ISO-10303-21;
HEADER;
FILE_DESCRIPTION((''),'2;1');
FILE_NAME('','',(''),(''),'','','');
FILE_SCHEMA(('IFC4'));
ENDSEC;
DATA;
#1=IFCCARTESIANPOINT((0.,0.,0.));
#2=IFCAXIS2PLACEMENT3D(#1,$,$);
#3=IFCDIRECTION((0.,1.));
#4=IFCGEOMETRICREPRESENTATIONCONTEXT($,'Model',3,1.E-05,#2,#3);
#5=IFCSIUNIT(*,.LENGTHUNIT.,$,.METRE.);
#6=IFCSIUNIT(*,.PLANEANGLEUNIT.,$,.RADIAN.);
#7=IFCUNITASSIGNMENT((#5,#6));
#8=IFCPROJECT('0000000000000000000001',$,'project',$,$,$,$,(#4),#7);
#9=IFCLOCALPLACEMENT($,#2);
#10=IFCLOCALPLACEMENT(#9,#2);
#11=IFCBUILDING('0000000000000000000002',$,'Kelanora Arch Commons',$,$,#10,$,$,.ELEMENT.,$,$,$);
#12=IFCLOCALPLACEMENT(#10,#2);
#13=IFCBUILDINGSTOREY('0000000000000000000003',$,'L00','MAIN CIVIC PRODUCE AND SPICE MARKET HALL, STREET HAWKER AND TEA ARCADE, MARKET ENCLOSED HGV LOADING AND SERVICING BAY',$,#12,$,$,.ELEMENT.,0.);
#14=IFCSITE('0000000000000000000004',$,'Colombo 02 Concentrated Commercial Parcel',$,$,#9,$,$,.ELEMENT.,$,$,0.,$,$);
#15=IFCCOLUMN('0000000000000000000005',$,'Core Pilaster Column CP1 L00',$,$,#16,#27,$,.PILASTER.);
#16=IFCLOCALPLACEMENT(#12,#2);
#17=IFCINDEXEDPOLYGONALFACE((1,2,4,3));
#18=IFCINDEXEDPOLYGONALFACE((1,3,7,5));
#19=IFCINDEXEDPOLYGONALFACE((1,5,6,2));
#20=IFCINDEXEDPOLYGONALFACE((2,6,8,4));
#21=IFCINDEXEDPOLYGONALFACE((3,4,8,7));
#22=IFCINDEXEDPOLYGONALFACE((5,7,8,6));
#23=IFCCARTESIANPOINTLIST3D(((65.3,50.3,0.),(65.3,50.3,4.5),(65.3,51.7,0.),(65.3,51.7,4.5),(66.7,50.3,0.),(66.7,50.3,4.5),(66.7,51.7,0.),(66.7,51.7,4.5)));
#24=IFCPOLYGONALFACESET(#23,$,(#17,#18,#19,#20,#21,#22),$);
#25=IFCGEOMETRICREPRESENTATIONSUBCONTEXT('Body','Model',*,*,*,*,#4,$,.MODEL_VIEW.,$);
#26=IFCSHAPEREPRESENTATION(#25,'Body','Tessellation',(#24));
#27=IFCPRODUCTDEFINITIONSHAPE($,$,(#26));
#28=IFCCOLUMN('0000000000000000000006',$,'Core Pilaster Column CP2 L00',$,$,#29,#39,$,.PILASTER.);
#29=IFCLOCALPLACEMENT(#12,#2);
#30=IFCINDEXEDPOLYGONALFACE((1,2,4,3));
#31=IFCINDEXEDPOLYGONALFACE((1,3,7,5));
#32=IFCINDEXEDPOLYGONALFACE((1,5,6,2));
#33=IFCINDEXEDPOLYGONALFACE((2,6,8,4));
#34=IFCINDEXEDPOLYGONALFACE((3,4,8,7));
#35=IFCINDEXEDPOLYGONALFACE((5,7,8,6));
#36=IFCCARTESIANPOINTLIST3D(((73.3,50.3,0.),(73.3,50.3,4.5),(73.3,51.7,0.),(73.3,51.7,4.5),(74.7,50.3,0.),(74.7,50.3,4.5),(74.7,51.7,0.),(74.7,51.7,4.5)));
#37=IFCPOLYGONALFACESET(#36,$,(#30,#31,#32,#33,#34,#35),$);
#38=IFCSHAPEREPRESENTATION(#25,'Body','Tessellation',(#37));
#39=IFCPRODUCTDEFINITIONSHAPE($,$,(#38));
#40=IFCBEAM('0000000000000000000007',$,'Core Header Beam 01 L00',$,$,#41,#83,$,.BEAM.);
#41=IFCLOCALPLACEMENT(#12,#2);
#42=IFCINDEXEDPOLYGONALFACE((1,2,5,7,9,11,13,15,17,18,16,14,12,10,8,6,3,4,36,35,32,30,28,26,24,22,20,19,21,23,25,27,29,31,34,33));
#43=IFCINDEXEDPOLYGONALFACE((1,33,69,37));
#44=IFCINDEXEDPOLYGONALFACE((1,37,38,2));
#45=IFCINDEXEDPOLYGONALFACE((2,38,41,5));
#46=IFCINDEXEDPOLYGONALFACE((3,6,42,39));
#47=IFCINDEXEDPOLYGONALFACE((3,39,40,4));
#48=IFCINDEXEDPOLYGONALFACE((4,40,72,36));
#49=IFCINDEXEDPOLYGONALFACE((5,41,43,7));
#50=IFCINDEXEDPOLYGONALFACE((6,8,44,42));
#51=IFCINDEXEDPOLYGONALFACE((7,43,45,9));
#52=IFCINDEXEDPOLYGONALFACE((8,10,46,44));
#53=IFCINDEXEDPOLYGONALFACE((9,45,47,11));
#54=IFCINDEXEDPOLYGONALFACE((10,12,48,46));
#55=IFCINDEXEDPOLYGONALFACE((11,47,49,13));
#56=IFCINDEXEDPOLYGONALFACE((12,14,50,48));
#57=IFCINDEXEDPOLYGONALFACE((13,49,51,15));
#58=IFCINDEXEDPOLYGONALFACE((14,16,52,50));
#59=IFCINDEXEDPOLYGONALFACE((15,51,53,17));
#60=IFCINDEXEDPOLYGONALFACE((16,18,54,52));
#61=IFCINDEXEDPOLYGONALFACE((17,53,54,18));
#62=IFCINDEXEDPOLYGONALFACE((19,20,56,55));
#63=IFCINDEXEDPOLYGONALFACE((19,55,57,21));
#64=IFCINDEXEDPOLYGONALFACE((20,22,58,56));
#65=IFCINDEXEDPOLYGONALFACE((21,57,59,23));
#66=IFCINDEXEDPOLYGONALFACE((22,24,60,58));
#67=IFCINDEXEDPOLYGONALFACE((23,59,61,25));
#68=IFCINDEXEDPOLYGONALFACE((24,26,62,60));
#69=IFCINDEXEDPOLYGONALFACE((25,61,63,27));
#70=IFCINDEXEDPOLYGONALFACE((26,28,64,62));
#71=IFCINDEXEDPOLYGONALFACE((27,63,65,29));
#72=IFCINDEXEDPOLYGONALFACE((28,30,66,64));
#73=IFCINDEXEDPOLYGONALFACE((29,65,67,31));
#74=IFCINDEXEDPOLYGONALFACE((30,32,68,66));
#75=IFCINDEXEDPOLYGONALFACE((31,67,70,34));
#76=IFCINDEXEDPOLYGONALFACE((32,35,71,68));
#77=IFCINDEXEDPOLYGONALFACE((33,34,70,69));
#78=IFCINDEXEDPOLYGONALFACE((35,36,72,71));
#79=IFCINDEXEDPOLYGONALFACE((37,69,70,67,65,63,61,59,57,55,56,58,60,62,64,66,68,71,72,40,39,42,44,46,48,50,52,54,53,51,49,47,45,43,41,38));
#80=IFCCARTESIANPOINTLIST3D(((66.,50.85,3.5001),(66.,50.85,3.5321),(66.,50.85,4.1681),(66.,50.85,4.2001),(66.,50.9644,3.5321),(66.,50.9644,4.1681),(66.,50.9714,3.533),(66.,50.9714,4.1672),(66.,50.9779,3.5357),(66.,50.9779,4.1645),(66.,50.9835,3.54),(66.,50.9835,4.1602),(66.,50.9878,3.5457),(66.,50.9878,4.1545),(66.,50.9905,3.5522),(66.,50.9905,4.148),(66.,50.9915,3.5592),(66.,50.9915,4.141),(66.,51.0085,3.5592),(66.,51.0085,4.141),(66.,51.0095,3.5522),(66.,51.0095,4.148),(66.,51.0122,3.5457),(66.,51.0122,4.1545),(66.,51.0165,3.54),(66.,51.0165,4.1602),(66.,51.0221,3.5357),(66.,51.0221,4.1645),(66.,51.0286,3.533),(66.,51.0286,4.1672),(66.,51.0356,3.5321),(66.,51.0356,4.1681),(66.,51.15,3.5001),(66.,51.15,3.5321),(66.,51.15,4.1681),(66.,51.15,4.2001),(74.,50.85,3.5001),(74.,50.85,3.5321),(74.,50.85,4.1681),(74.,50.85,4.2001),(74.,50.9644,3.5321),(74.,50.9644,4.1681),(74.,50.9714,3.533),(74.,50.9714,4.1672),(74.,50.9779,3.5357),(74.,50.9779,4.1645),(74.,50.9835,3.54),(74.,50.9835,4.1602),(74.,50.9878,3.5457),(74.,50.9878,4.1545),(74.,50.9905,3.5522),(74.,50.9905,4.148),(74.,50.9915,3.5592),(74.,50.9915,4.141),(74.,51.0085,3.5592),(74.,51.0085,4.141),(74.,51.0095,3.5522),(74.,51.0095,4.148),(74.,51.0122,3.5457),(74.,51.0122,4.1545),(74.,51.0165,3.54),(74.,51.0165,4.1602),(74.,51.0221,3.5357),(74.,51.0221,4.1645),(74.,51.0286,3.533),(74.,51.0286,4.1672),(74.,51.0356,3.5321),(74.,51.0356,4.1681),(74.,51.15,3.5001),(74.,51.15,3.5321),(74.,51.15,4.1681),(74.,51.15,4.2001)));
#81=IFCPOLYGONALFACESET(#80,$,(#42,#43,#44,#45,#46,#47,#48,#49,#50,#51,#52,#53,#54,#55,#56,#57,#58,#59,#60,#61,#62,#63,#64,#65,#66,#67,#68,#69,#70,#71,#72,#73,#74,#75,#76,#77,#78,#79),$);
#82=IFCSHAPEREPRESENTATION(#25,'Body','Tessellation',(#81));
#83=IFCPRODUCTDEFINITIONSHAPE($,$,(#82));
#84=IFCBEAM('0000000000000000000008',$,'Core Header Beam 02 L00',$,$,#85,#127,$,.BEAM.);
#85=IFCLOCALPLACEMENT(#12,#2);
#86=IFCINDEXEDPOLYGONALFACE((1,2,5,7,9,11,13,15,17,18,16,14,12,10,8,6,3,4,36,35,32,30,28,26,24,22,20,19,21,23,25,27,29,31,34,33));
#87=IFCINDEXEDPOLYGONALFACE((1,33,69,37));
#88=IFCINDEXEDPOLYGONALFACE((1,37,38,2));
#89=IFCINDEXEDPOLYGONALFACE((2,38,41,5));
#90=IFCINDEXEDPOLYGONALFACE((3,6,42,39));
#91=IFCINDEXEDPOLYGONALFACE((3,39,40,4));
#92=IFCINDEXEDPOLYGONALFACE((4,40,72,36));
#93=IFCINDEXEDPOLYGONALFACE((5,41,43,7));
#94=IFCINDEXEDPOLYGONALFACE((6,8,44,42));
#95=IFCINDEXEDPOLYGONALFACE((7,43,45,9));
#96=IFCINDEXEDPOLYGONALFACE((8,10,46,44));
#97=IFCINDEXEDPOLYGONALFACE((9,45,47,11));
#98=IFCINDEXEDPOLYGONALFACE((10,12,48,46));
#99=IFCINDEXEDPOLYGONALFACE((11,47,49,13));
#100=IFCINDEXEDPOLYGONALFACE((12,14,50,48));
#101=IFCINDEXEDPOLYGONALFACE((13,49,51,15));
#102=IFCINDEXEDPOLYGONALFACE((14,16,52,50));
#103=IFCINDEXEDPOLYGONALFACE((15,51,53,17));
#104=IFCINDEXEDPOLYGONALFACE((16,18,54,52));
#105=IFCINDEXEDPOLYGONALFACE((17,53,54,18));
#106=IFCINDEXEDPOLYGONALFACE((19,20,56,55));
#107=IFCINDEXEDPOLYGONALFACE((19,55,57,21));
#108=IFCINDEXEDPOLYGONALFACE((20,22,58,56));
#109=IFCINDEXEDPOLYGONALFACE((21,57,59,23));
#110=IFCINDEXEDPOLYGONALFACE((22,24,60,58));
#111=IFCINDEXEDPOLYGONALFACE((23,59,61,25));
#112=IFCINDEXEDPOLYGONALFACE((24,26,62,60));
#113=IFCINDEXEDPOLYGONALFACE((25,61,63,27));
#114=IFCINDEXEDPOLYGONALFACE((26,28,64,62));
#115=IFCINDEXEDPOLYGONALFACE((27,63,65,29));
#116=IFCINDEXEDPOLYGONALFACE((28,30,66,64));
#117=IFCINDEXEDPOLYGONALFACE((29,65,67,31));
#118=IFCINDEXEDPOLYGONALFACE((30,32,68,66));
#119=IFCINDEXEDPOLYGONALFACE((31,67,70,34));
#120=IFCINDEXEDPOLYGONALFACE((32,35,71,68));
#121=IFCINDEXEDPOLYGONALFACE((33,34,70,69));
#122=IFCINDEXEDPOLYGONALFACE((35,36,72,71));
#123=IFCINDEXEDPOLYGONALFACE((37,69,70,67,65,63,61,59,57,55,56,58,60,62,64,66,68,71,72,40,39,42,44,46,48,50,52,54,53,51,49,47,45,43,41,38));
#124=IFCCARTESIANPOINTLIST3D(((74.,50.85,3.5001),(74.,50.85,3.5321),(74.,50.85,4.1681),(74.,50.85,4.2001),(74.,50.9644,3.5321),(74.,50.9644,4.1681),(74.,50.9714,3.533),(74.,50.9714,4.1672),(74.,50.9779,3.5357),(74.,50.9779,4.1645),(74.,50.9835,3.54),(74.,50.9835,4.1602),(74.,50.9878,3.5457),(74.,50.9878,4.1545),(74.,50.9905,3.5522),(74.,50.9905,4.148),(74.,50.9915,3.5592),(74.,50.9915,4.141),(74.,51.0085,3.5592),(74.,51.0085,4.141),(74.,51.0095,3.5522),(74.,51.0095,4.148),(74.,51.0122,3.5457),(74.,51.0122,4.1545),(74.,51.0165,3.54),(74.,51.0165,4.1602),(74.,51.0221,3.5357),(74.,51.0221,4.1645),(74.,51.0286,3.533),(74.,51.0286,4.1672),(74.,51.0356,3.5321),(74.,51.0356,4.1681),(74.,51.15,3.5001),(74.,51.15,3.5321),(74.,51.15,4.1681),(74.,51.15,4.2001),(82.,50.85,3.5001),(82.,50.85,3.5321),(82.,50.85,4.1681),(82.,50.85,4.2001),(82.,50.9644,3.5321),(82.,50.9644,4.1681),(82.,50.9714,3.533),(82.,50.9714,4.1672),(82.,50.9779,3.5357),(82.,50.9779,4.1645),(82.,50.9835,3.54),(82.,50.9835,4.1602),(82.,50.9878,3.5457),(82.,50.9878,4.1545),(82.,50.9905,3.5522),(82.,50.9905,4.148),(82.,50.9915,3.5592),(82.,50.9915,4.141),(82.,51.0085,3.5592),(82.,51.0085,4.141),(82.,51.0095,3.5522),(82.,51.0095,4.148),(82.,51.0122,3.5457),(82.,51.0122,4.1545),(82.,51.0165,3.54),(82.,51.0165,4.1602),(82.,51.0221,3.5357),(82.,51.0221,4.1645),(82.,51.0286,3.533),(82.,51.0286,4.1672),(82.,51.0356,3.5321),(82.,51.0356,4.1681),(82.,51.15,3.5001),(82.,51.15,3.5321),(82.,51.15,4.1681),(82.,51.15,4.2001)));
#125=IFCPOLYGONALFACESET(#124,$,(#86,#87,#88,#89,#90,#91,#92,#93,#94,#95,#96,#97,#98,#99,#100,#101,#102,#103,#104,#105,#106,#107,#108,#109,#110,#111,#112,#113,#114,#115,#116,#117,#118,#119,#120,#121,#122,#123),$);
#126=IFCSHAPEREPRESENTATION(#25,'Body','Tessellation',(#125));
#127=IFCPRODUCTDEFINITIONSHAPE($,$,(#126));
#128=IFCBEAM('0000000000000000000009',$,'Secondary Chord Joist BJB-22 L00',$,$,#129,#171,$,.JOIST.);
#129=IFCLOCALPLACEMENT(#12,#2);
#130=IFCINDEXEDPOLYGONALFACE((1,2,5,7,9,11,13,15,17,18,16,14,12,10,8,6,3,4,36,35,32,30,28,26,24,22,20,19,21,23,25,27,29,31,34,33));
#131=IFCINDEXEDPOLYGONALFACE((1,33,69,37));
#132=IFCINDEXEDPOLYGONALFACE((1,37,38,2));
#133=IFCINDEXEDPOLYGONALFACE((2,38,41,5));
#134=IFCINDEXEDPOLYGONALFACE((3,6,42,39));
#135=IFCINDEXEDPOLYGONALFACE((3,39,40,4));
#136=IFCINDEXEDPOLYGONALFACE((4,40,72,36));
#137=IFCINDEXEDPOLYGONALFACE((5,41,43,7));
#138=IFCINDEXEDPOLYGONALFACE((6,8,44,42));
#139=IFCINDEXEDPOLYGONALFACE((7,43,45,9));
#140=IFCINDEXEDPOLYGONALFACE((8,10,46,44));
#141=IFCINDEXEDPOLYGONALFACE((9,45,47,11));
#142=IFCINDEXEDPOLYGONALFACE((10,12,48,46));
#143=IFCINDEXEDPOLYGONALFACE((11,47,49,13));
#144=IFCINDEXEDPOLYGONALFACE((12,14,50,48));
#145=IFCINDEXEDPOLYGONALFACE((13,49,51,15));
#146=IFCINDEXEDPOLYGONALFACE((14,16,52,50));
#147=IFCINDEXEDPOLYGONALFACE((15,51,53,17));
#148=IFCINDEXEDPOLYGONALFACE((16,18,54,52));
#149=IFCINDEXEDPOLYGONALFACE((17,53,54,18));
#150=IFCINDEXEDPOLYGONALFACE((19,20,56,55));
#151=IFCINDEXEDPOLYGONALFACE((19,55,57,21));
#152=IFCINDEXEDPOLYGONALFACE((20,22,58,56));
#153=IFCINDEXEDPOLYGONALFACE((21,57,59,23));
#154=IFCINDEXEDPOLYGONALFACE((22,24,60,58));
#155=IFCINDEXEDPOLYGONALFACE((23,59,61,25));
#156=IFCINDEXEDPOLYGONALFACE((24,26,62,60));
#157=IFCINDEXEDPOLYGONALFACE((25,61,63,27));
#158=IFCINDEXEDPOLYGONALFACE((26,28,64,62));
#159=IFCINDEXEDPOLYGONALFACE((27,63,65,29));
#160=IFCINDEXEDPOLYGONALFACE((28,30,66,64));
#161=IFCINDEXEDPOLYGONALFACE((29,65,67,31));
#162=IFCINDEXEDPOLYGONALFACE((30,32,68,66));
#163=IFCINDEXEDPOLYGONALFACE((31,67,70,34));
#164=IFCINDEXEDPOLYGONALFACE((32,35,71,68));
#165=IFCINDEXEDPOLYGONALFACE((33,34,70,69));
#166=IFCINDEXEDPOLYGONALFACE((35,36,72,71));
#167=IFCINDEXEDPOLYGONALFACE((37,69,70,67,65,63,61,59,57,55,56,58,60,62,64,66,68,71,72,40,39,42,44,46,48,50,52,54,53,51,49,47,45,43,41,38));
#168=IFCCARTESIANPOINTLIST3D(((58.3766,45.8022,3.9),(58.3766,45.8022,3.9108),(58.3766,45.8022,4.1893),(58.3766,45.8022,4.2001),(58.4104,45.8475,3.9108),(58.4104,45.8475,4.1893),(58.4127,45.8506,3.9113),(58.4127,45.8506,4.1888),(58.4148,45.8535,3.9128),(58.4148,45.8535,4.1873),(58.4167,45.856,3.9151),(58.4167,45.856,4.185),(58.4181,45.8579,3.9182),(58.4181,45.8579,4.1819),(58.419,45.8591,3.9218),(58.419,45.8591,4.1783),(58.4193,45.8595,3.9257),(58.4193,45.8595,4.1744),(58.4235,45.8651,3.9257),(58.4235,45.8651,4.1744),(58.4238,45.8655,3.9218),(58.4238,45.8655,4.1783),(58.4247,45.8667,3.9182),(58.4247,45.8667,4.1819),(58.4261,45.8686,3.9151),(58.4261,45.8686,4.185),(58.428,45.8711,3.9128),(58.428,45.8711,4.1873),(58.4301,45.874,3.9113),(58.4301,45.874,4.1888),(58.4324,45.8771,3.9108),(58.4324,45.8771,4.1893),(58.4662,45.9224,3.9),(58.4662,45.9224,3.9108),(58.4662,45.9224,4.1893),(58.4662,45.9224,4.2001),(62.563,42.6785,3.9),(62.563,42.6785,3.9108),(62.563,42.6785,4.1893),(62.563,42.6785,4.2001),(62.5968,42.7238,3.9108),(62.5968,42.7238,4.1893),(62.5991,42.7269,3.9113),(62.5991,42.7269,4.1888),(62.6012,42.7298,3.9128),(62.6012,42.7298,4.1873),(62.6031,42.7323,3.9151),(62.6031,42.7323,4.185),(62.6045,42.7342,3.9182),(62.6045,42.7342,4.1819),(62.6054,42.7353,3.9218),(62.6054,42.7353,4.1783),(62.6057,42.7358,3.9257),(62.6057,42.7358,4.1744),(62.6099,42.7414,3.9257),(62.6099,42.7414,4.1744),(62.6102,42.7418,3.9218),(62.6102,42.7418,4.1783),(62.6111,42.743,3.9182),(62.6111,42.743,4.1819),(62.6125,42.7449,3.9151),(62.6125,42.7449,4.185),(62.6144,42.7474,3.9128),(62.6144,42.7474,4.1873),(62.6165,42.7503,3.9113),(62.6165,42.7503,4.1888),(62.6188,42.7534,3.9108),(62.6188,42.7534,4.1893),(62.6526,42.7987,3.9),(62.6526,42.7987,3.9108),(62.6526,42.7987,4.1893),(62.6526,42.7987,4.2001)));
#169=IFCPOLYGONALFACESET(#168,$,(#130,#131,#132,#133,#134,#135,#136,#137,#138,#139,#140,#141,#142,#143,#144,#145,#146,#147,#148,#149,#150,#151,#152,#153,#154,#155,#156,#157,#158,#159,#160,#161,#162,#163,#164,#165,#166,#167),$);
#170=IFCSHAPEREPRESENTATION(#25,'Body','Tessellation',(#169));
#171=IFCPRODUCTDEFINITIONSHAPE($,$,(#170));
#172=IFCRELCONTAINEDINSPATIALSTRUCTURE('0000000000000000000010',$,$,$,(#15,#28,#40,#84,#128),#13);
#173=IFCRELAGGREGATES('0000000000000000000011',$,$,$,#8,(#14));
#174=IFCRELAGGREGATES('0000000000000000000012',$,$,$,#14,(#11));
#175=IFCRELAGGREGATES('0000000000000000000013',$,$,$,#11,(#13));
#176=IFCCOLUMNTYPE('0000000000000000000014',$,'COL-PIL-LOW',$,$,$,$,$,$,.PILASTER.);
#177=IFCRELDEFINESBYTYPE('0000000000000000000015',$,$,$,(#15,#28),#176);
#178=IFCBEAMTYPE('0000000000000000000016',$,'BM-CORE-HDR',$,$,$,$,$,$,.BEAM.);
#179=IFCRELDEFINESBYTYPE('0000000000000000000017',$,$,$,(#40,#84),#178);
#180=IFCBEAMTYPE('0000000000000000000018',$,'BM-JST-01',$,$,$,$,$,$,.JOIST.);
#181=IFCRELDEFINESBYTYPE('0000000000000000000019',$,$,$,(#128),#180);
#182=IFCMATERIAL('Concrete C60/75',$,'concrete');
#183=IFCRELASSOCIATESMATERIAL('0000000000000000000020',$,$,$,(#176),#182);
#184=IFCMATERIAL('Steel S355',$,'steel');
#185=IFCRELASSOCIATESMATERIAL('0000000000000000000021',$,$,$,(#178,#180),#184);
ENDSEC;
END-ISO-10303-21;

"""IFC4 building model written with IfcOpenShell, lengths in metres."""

from ifc_helpers import new_model, si_unit, direction, frame, origin, origin_2d, place, context, subcontext, project, spatial, rectangle, i_section, extrude, material, material_profile, profile_set, type_object, element, save


model = new_model("IFC4")

# Units and contexts
model_context = context("Model", 3, precision=1e-05, world=origin(), true_north=direction((0.0, 1.0)))
body_context = subcontext(model_context, "Body", "Model", "MODEL_VIEW")
ifc_project = project(units=[si_unit("LENGTHUNIT", "METRE"), si_unit("PLANEANGLEUNIT", "RADIAN")], contexts=[model_context])

# Site, building, storey
site_placement = place(None, origin())
site = spatial("IfcSite", under=ifc_project, at=site_placement, Name="Colombo 02 Concentrated Commercial Parcel", CompositionType="ELEMENT", RefElevation=0.0)
building_placement = place(site_placement, origin())
building = spatial("IfcBuilding", under=site, at=building_placement, Name="Kelanora Arch Commons", CompositionType="ELEMENT")
storey_placement = place(building_placement, origin())
storey = spatial("IfcBuildingStorey", under=building, at=storey_placement, Name="L00", Description="MAIN CIVIC PRODUCE AND SPICE MARKET HALL, STREET HAWKER AND TEA ARCADE, MARKET ENCLOSED HGV LOADING AND SERVICING BAY", CompositionType="ELEMENT", Elevation=0.0)

# Columns
ifc_material_1 = material(Name="Concrete C60/75", Category="concrete")
ifc_material_profile_1 = material_profile(ifc_material_1, rectangle(XDim=1.3999, YDim=1.3999, at=origin_2d()), Name="RC1400x1400")
ifc_profile_set_1 = profile_set([ifc_material_profile_1], Name="Concrete C60/75")
column_type = type_object("IfcColumnType", Name="COL-PIL-LOW", PredefinedType="PILASTER", material=ifc_profile_set_1)
for number, where, z_axis, x_axis, name in (
    (1, (66.0, 51.0, 0.0), (0.0, 0.0, 1.0), (1.0, 0.0, 0.0), "Core Pilaster Column CP1 L00"),
    (2, (74.0, 51.0, 0.0), (0.0, 0.0, 1.0), (1.0, 0.0, 0.0), "Core Pilaster Column CP2 L00"),
):
    element("IfcColumn", number, at=place(storey_placement, frame(where, z_axis=z_axis, x_axis=x_axis)), inside=storey, type_object=column_type, Name=name, PredefinedType="PILASTER", context=body_context, shape_type="SweptSolid", body=[
        extrude(rectangle(XDim=1.3999, YDim=1.3999, at=origin_2d()), origin(), (0.0, 0.0, 1.0), 4.5),
    ])

# Beams
ifc_material_2 = material(Name="Steel S355", Category="steel")
ifc_material_profile_2 = material_profile(ifc_material_2, i_section(OverallWidth=0.3, OverallDepth=0.7, WebThickness=0.0171, FlangeThickness=0.032, FilletRadius=0.0271, at=origin_2d()), Name="HEB700")
ifc_profile_set_2 = profile_set([ifc_material_profile_2], Name="Steel S355")
beam_type_1 = type_object("IfcBeamType", Name="BM-CORE-HDR", PredefinedType="BEAM", material=ifc_profile_set_2)
for number, where, z_axis, x_axis, name in (
    (3, (66.0, 51.0, 3.8501), (1.0, 0.0, 0.0), (0.0, 1.0, 0.0), "Core Header Beam 01 L00"),
    (4, (74.0, 51.0, 3.8501), (1.0, 0.0, 0.0), (0.0, 1.0, 0.0), "Core Header Beam 02 L00"),
):
    element("IfcBeam", number, at=place(storey_placement, frame(where, z_axis=z_axis, x_axis=x_axis)), inside=storey, type_object=beam_type_1, Name=name, PredefinedType="BEAM", context=body_context, shape_type="SweptSolid", body=[
        extrude(i_section(OverallWidth=0.3, OverallDepth=0.7, WebThickness=0.0171, FlangeThickness=0.032, FilletRadius=0.0271, at=origin_2d()), origin(), (0.0, 0.0, 1.0), 8.0),
    ])
ifc_material_profile_3 = material_profile(ifc_material_2, i_section(OverallWidth=0.1499, OverallDepth=0.3, WebThickness=0.0071, FlangeThickness=0.0107, FilletRadius=0.0149, at=origin_2d()), Name="IPE300")
ifc_profile_set_3 = profile_set([ifc_material_profile_3], Name="Steel S355")
beam_type_2 = type_object("IfcBeamType", Name="BM-JST-01", PredefinedType="JOIST", material=ifc_profile_set_3)
beam_1_placement = place(storey_placement, frame((58.4214, 45.8623, 4.05), z_axis=(0.801478, -0.598024, 0.0), x_axis=(0.598024, 0.801478, 0.0)))
element("IfcBeam", 5, at=beam_1_placement, inside=storey, type_object=beam_type_2, Name="Secondary Chord Joist BJB-22 L00", PredefinedType="JOIST", context=body_context, shape_type="SweptSolid", body=[
    extrude(i_section(OverallWidth=0.1499, OverallDepth=0.3, WebThickness=0.0071, FlangeThickness=0.0107, FilletRadius=0.0149, at=origin_2d()), origin(), (0.0, 0.0, 1.0), 5.2234),
])

save(model, "model.ifc")
